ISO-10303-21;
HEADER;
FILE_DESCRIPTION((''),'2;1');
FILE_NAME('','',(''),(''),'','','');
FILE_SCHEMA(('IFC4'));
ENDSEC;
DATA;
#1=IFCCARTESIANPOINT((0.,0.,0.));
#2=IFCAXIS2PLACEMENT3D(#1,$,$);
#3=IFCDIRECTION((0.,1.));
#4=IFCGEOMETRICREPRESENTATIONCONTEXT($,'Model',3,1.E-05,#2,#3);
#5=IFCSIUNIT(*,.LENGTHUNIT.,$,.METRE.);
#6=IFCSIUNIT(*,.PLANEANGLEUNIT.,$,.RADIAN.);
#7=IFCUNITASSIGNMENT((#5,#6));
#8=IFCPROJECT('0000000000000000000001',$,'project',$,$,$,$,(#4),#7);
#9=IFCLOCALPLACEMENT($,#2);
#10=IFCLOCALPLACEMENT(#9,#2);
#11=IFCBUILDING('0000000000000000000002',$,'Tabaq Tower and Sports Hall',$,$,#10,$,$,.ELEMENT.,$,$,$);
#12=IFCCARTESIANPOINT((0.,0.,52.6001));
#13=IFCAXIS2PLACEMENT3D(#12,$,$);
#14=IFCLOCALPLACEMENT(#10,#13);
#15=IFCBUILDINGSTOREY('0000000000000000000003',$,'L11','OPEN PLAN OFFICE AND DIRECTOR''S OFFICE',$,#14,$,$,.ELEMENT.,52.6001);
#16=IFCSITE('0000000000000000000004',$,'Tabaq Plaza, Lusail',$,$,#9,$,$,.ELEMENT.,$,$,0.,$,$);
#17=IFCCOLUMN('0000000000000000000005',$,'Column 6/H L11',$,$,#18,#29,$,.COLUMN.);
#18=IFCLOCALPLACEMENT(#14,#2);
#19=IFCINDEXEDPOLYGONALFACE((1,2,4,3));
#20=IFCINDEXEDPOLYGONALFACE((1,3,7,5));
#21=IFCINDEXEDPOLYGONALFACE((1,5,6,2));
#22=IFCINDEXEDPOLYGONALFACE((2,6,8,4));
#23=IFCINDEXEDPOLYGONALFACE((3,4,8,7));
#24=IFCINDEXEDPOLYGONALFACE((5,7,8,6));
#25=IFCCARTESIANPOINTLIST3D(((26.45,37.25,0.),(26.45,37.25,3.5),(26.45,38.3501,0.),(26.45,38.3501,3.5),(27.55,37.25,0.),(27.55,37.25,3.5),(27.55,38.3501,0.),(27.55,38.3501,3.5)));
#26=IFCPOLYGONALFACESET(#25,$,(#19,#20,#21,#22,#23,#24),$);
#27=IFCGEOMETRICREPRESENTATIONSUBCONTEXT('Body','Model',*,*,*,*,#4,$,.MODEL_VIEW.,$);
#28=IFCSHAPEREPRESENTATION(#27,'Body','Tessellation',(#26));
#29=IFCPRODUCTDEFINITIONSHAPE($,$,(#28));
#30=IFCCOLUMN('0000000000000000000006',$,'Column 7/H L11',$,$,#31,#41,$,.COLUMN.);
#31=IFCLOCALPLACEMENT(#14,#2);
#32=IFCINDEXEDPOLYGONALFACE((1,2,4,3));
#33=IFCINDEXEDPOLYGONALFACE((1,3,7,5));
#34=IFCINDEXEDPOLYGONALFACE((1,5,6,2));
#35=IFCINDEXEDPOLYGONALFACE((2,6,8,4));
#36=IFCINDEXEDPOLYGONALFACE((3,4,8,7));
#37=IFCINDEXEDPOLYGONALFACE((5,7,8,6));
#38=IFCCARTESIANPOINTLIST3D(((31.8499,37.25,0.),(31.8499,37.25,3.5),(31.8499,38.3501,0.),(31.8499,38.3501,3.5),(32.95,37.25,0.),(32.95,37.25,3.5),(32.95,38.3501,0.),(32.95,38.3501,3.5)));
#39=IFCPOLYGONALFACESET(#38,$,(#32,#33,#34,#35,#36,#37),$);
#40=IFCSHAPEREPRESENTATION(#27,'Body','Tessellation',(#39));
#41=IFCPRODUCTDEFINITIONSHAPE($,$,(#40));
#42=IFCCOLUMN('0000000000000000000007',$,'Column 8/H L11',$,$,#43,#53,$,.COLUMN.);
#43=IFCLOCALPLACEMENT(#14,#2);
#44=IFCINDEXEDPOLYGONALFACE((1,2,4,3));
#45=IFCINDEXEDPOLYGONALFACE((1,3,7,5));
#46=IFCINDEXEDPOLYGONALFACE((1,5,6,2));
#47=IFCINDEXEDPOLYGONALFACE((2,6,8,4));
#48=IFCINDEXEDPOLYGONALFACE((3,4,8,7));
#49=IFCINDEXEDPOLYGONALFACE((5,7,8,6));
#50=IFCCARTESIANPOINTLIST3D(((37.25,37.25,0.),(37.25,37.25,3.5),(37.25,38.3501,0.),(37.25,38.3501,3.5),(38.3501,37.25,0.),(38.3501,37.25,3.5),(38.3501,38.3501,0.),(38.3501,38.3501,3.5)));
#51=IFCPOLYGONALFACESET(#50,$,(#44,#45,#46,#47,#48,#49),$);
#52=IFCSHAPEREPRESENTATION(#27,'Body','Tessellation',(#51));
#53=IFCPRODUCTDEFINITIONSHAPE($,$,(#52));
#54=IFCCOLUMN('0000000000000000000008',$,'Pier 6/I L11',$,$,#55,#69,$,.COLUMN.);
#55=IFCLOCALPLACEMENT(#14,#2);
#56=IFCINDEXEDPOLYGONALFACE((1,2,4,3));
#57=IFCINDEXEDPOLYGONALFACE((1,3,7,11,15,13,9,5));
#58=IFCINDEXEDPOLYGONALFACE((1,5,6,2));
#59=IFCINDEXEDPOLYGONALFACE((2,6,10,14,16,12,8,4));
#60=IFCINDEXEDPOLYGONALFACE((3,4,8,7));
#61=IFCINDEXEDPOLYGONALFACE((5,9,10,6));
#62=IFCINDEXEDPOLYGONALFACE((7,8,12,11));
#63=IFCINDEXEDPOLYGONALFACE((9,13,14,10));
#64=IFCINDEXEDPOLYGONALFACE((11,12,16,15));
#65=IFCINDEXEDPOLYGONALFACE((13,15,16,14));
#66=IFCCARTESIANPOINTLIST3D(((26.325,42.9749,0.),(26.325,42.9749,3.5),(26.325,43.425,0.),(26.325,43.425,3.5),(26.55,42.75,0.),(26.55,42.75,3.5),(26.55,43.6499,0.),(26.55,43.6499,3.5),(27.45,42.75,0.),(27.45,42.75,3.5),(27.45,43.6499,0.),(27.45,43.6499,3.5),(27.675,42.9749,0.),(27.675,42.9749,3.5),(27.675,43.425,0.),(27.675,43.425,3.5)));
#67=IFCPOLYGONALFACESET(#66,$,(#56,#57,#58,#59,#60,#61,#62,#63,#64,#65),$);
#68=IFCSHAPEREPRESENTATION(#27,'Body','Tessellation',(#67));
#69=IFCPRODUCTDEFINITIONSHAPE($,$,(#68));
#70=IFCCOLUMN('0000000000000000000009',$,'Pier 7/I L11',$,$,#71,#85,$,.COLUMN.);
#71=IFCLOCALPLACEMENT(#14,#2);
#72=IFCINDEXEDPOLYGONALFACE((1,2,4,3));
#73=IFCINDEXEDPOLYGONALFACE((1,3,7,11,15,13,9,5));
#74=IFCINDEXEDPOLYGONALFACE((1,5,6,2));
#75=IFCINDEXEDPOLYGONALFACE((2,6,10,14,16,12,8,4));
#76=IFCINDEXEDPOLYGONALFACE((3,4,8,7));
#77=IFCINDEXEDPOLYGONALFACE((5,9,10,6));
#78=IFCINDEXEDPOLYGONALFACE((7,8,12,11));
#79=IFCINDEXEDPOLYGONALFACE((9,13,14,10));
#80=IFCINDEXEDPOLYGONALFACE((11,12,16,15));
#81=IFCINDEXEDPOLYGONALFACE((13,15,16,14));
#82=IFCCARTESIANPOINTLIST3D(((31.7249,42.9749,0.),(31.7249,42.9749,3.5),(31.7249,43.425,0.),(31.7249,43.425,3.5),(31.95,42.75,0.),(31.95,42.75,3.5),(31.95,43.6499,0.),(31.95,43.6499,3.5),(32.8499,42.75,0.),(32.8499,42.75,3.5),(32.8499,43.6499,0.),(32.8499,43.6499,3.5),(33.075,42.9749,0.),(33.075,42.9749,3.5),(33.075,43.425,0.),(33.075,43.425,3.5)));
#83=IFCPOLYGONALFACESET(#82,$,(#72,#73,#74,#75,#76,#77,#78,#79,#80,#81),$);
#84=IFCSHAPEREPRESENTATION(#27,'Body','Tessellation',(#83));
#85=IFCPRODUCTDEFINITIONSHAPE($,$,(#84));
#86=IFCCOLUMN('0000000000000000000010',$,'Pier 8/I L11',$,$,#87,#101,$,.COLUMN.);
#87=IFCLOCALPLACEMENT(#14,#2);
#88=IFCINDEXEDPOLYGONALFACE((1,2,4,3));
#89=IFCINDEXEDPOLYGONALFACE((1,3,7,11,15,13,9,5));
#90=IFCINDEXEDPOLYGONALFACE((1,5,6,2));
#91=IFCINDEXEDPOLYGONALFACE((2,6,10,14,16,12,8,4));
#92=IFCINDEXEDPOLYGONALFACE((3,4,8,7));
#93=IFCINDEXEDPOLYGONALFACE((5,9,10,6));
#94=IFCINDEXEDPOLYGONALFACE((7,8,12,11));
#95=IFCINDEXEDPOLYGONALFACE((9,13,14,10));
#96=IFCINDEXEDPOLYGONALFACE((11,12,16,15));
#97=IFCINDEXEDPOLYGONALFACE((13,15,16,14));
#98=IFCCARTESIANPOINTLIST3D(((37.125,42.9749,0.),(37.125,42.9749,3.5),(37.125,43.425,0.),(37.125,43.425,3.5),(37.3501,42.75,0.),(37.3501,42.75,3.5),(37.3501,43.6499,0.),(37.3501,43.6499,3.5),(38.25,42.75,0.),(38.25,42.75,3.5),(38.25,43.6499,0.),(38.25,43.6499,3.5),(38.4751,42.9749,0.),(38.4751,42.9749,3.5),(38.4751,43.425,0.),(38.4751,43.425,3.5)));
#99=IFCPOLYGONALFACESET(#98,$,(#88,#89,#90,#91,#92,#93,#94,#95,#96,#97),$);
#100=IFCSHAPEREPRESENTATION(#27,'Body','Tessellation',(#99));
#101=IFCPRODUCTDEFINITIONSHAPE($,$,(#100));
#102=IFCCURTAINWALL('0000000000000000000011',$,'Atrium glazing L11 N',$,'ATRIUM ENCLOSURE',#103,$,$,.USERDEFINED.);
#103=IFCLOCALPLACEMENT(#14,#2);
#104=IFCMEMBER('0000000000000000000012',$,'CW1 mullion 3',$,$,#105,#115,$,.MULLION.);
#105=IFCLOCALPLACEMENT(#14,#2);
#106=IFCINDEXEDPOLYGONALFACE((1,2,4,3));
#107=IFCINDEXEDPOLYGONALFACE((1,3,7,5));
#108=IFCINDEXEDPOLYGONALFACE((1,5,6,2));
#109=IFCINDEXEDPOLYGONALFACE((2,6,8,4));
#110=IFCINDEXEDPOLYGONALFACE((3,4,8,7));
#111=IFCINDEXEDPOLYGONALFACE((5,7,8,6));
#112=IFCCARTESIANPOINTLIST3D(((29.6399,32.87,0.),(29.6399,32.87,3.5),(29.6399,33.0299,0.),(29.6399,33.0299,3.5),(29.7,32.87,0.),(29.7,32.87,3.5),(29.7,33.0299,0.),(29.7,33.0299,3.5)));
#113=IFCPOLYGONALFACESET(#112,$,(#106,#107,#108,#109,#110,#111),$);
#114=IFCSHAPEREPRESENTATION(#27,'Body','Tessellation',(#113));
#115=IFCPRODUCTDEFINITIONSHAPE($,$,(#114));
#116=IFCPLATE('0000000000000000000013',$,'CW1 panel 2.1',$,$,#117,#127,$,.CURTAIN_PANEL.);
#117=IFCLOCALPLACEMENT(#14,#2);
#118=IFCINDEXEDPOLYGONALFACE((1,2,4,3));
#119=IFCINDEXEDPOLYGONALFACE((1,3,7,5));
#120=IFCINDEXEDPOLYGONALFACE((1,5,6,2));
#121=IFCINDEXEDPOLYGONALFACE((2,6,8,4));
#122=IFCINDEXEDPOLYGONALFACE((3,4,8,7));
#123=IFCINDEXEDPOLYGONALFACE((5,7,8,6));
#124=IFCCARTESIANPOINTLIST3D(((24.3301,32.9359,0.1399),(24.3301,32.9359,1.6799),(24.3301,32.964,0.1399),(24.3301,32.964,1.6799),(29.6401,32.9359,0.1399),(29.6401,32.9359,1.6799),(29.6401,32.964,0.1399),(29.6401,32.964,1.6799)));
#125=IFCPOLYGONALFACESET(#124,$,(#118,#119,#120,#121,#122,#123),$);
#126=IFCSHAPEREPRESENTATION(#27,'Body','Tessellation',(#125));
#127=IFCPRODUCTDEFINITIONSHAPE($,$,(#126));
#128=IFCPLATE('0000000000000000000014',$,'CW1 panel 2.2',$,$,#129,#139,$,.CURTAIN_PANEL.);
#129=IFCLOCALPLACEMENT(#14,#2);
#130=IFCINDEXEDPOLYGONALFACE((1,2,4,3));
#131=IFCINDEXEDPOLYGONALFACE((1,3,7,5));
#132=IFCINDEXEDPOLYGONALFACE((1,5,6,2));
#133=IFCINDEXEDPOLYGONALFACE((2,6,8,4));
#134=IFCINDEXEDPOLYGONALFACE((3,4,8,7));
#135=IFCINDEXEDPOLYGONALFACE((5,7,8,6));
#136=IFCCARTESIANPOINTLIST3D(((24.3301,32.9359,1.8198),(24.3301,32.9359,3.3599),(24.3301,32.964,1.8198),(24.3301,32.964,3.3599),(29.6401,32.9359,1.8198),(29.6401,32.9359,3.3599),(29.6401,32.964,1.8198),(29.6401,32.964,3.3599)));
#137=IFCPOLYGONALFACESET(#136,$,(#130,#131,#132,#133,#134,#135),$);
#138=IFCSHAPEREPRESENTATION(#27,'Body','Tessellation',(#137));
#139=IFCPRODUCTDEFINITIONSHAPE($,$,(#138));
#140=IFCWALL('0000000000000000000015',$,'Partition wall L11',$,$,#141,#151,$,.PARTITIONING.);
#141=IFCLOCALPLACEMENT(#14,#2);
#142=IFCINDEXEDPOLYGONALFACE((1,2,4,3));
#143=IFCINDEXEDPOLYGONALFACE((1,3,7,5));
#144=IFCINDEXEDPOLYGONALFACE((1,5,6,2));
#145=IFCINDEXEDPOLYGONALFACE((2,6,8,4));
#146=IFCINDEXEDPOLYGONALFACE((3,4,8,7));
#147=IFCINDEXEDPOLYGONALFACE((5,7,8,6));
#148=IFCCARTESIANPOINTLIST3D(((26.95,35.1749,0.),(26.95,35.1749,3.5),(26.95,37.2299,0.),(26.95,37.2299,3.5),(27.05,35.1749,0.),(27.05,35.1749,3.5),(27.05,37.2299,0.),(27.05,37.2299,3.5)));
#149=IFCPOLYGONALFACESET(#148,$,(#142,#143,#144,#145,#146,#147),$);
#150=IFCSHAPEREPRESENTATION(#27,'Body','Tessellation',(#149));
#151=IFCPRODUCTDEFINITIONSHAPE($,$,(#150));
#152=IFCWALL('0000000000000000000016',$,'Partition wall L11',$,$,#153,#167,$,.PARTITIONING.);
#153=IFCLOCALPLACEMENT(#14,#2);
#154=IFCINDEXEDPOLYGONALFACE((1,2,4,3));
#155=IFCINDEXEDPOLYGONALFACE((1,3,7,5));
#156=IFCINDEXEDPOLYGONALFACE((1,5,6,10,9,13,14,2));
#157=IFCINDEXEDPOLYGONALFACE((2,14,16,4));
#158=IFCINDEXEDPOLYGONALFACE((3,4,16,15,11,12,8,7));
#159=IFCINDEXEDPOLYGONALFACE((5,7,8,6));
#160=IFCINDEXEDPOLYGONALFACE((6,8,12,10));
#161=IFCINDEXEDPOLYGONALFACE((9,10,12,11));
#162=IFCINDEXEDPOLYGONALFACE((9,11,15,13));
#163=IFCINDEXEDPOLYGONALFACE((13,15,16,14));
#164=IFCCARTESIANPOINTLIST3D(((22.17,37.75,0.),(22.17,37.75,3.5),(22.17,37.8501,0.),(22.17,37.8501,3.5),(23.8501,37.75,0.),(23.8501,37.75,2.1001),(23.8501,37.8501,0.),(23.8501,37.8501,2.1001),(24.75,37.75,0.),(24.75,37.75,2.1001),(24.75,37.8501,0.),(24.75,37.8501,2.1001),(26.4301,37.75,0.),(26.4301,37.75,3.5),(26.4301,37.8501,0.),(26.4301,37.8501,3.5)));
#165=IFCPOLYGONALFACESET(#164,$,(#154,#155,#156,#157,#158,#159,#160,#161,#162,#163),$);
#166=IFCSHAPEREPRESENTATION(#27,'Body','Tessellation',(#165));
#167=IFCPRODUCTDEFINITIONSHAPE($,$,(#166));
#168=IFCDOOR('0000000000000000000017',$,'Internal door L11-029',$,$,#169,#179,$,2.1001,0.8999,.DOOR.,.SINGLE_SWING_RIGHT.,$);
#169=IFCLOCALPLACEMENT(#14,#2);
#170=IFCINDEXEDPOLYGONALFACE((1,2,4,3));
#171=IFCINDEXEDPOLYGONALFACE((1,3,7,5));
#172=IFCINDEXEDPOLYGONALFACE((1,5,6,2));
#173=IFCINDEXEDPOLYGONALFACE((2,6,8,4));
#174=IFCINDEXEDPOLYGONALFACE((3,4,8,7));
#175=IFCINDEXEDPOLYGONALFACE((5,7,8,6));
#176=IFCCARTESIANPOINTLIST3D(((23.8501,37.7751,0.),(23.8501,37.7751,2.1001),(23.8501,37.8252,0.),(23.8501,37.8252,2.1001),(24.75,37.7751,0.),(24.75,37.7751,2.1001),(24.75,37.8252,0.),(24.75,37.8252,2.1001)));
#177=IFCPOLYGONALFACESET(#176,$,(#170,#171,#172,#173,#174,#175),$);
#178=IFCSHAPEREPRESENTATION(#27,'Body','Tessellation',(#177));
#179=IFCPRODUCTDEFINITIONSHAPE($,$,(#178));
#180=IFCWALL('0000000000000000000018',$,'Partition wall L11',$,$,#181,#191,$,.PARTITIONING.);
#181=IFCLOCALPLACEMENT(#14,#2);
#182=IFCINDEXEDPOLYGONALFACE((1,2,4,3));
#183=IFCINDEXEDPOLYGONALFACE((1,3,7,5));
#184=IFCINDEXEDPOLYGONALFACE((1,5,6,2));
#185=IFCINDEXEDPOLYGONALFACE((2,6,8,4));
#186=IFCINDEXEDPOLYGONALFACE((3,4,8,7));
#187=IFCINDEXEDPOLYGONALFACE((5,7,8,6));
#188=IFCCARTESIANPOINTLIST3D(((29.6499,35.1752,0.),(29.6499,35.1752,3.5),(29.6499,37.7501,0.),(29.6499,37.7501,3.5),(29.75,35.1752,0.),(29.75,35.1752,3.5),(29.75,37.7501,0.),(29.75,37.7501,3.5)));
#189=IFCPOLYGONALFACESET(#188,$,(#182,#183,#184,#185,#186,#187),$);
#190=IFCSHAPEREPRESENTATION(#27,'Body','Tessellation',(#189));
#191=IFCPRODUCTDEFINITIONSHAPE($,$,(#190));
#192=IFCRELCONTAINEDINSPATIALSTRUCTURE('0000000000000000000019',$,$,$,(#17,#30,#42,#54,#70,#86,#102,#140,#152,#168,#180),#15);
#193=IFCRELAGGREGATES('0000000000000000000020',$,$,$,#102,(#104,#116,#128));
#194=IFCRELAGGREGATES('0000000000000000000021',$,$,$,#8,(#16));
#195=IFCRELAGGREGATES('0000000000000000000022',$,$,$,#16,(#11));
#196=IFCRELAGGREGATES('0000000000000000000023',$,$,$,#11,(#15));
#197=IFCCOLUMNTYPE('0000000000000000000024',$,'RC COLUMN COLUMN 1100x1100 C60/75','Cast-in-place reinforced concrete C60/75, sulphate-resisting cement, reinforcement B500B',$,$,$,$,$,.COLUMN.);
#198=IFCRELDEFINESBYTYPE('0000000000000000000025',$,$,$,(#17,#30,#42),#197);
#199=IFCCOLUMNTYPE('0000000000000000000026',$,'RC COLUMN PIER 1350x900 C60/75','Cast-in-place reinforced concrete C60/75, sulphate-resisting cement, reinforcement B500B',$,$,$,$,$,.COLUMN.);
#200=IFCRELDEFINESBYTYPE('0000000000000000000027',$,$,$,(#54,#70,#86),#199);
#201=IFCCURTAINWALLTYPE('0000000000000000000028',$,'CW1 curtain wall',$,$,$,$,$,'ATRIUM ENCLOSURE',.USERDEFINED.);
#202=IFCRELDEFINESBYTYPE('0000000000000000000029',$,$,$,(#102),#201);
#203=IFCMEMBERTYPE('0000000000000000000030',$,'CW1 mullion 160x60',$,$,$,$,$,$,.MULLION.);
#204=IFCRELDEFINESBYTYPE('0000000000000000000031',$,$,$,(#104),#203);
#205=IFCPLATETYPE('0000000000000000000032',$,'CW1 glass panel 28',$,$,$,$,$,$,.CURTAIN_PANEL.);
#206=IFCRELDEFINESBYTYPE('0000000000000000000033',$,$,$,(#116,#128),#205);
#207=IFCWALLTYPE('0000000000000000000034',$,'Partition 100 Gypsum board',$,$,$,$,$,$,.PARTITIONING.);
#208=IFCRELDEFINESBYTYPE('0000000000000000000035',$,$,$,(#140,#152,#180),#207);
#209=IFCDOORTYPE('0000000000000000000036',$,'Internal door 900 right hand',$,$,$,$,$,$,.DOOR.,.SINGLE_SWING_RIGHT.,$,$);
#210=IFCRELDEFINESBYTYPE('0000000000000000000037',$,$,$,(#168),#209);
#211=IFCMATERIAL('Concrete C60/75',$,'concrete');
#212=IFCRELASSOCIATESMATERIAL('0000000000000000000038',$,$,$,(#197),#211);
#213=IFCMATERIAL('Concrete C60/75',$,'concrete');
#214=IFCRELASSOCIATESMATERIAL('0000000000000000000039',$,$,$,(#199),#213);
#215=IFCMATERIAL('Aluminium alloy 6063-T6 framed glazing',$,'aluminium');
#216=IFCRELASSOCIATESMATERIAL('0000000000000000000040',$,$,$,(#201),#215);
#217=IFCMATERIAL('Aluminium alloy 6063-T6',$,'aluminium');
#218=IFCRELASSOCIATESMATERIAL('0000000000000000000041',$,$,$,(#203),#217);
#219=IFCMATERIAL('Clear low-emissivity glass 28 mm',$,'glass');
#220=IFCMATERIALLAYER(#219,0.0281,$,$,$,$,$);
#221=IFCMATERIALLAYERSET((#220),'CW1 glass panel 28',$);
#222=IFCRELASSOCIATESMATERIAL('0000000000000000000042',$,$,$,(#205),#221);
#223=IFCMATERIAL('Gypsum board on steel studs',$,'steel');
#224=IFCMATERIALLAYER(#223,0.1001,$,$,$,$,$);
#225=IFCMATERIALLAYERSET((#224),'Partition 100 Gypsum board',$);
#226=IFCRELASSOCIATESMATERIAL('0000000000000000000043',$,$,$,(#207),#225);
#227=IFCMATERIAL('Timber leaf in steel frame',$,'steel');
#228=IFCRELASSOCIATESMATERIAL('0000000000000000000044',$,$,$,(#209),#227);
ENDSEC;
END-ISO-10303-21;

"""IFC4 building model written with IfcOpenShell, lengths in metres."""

from ifc_helpers import new_model, si_unit, direction, frame, frame_2d, origin, origin_2d, place, context, subcontext, project, spatial, polyline, rectangle, outline, extrude, material, layer, layer_set, material_profile, profile_set, type_object, element, fill, aggregate, save


model = new_model("IFC4")

# Units and contexts
model_context = context("Model", 3, precision=1e-05, world=origin(), true_north=direction((0.0, 1.0)))
body_context = subcontext(model_context, "Body", "Model", "MODEL_VIEW")
ifc_project = project(units=[si_unit("LENGTHUNIT", "METRE"), si_unit("PLANEANGLEUNIT", "RADIAN")], contexts=[model_context])

# Site, building, storey
site_placement = place(None, origin())
site = spatial("IfcSite", under=ifc_project, at=site_placement, Name="Tabaq Plaza, Lusail", CompositionType="ELEMENT", RefElevation=0.0)
building_placement = place(site_placement, origin())
building = spatial("IfcBuilding", under=site, at=building_placement, Name="Tabaq Tower and Sports Hall", CompositionType="ELEMENT")
storey_placement = place(building_placement, frame((0.0, 0.0, 52.6001)))
storey = spatial("IfcBuildingStorey", under=building, at=storey_placement, Name="L11", Description="OPEN PLAN OFFICE AND DIRECTOR'S OFFICE", CompositionType="ELEMENT", Elevation=52.6001)

# Columns
ifc_material_1 = material(Name="Concrete C60/75", Category="concrete")
ifc_material_profile_1 = material_profile(ifc_material_1, rectangle(XDim=1.1001, YDim=1.1001, at=origin_2d()), Name="COLUMN 1100x1100")
ifc_profile_set_1 = profile_set([ifc_material_profile_1], Name="Concrete C60/75")
column_type_1 = type_object("IfcColumnType", Name="RC COLUMN COLUMN 1100x1100 C60/75", Description="Cast-in-place reinforced concrete C60/75, sulphate-resisting cement, reinforcement B500B", PredefinedType="COLUMN", material=ifc_profile_set_1)
for number, where, z_axis, x_axis, name in (
    (1, (27.0, 37.8, 0.0), (0.0, 0.0, 1.0), (1.0, 0.0, 0.0), "Column 6/H L11"),
    (2, (32.3999, 37.8, 0.0), (0.0, 0.0, 1.0), (1.0, 0.0, 0.0), "Column 7/H L11"),
    (3, (37.8, 37.8, 0.0), (0.0, 0.0, 1.0), (1.0, 0.0, 0.0), "Column 8/H L11"),
):
    element("IfcColumn", number, at=place(storey_placement, frame(where, z_axis=z_axis, x_axis=x_axis)), inside=storey, type_object=column_type_1, Name=name, PredefinedType="COLUMN", context=body_context, shape_type="SweptSolid", body=[
        extrude(rectangle(XDim=1.1001, YDim=1.1001, at=origin_2d()), origin(), (0.0, 0.0, 1.0), 3.5),
    ])
ifc_material_2 = material(Name="Concrete C60/75", Category="concrete")
ifc_material_profile_2 = material_profile(ifc_material_2, outline(polyline([(-0.45, -0.45), (0.45, -0.45), (0.675, -0.2251), (0.675, 0.2251), (0.45, 0.45), (-0.45, 0.45), (-0.675, 0.2251), (-0.675, -0.2251), (-0.45, -0.45)])), Name="PIER 1350x900")
ifc_profile_set_2 = profile_set([ifc_material_profile_2], Name="Concrete C60/75")
column_type_2 = type_object("IfcColumnType", Name="RC COLUMN PIER 1350x900 C60/75", Description="Cast-in-place reinforced concrete C60/75, sulphate-resisting cement, reinforcement B500B", PredefinedType="COLUMN", material=ifc_profile_set_2)
for number, where, z_axis, x_axis, name in (
    (4, (27.0, 43.2, 0.0), (0.0, 0.0, 1.0), (1.0, 0.0, 0.0), "Pier 6/I L11"),
    (5, (32.3999, 43.2, 0.0), (0.0, 0.0, 1.0), (1.0, 0.0, 0.0), "Pier 7/I L11"),
    (6, (37.8, 43.2, 0.0), (0.0, 0.0, 1.0), (1.0, 0.0, 0.0), "Pier 8/I L11"),
):
    element("IfcColumn", number, at=place(storey_placement, frame(where, z_axis=z_axis, x_axis=x_axis)), inside=storey, type_object=column_type_2, Name=name, PredefinedType="COLUMN", context=body_context, shape_type="SweptSolid", body=[
        extrude(outline(polyline([(-0.45, -0.45), (0.45, -0.45), (0.675, -0.2251), (0.675, 0.2251), (0.45, 0.45), (-0.45, 0.45), (-0.675, 0.2251), (-0.675, -0.2251), (-0.45, -0.45)])), origin(), (0.0, 0.0, 1.0), 3.5),
    ])

# Curtain wall, member, plates
ifc_material_3 = material(Name="Aluminium alloy 6063-T6 framed glazing", Category="aluminium")
curtain_wall_type = type_object("IfcCurtainWallType", Name="CW1 curtain wall", ElementType="ATRIUM ENCLOSURE", PredefinedType="USERDEFINED", material=ifc_material_3)
curtain_wall_placement = place(storey_placement, origin())
curtain_wall = element("IfcCurtainWall", 7, at=curtain_wall_placement, inside=storey, type_object=curtain_wall_type, Name="Atrium glazing L11 N", ObjectType="ATRIUM ENCLOSURE", PredefinedType="USERDEFINED")
ifc_material_4 = material(Name="Aluminium alloy 6063-T6", Category="aluminium")
ifc_material_profile_3 = material_profile(ifc_material_4, rectangle(XDim=0.1599, YDim=0.0601, at=origin_2d()), Name="MULLION 160x60")
ifc_profile_set_3 = profile_set([ifc_material_profile_3], Name="Aluminium alloy 6063-T6")
member_type = type_object("IfcMemberType", Name="CW1 mullion 160x60", PredefinedType="MULLION", material=ifc_profile_set_3)
member_placement = place(storey_placement, frame((29.6699, 32.95, 0.0), z_axis=(0.0, 0.0, 1.0), x_axis=(0.0, 1.0, 0.0)))
member = element("IfcMember", 8, at=member_placement, type_object=member_type, Name="CW1 mullion 3", PredefinedType="MULLION", context=body_context, shape_type="SweptSolid", body=[
    extrude(rectangle(XDim=0.1599, YDim=0.0601, at=origin_2d()), origin(), (0.0, 0.0, 1.0), 3.5),
])
ifc_material_5 = material(Name="Clear low-emissivity glass 28 mm", Category="glass")
ifc_layer_1 = layer(ifc_material_5, 0.0281)
ifc_layer_set_1 = layer_set([ifc_layer_1], Name="CW1 glass panel 28")
plate_type = type_object("IfcPlateType", Name="CW1 glass panel 28", PredefinedType="CURTAIN_PANEL", material=ifc_layer_set_1)
plate_1_placement = place(storey_placement, frame((26.9851, 32.95, 0.1399), z_axis=(0.0, 0.0, 1.0), x_axis=(1.0, 0.0, 0.0)))
plate_1 = element("IfcPlate", 9, at=plate_1_placement, type_object=plate_type, Name="CW1 panel 2.1", PredefinedType="CURTAIN_PANEL", context=body_context, shape_type="SweptSolid", body=[
    extrude(rectangle(XDim=5.3101, YDim=0.0281, at=origin_2d()), origin(), (0.0, 0.0, 1.0), 1.54),
])
plate_2_placement = place(storey_placement, frame((26.9851, 32.95, 1.8198), z_axis=(0.0, 0.0, 1.0), x_axis=(1.0, 0.0, 0.0)))
plate_2 = element("IfcPlate", 10, at=plate_2_placement, type_object=plate_type, Name="CW1 panel 2.2", PredefinedType="CURTAIN_PANEL", context=body_context, shape_type="SweptSolid", body=[
    extrude(rectangle(XDim=5.3101, YDim=0.0281, at=origin_2d()), origin(), (0.0, 0.0, 1.0), 1.54),
])
aggregate(curtain_wall, [member, plate_1, plate_2])

# Wall
ifc_material_6 = material(Name="Gypsum board on steel studs", Category="steel")
ifc_layer_2 = layer(ifc_material_6, 0.1001)
ifc_layer_set_2 = layer_set([ifc_layer_2], Name="Partition 100 Gypsum board")
wall_type = type_object("IfcWallType", Name="Partition 100 Gypsum board", PredefinedType="PARTITIONING", material=ifc_layer_set_2)
wall_1_placement = place(storey_placement, frame((27.0, 35.175, 0.0), z_axis=(0.0, 0.0, 1.0), x_axis=(0.0, 1.0, 0.0)))
element("IfcWall", 11, at=wall_1_placement, inside=storey, type_object=wall_type, Name="Partition wall L11", PredefinedType="PARTITIONING", context=body_context, shape_type="SweptSolid", body=[
    extrude(rectangle(XDim=2.0549, YDim=0.1001, at=frame_2d((1.0273, 0.0))), origin(), (0.0, 0.0, 1.0), 3.5),
])

# Wall, opening, door
wall_2_placement = place(storey_placement, frame((26.4299, 37.8, 0.0), z_axis=(0.0, 0.0, 1.0), x_axis=(-1.0, 0.0, 0.0)))
wall_2 = element("IfcWall", 12, at=wall_2_placement, inside=storey, type_object=wall_type, Name="Partition wall L11", PredefinedType="PARTITIONING", context=body_context, shape_type="SweptSolid", body=[
    extrude(rectangle(XDim=4.26, YDim=0.1001, at=frame_2d((2.1299, 0.0))), origin(), (0.0, 0.0, 1.0), 3.5),
])
opening_1_placement = place(wall_2_placement, frame((1.6799, 0.0, 0.0)))
opening_1 = element("IfcOpeningElement", 13, at=opening_1_placement, cuts=wall_2, PredefinedType="OPENING", context=body_context, shape_type="SweptSolid", body=[
    extrude(rectangle(XDim=0.8999, YDim=2.1001, at=frame_2d((0.45, 1.05))), frame((0.0, 0.05, 0.0), z_axis=(0.0, -1.0, 0.0), x_axis=(1.0, 0.0, 0.0)), (0.0, 0.0, 1.0), 0.1001),
])
ifc_material_7 = material(Name="Timber leaf in steel frame", Category="steel")
door_type_1 = type_object("IfcDoorType", Name="Internal door 900 right hand", OperationType="SINGLE_SWING_RIGHT", PredefinedType="DOOR", material=ifc_material_7)
door_1_placement = place(opening_1_placement, origin())
door_1 = element("IfcDoor", 14, at=door_1_placement, inside=storey, type_object=door_type_1, Name="Internal door L11-029", OperationType="SINGLE_SWING_RIGHT", OverallHeight=2.1001, OverallWidth=0.8999, PredefinedType="DOOR", context=body_context, shape_type="SweptSolid", body=[
    extrude(rectangle(XDim=0.8999, YDim=2.1001, at=frame_2d((0.45, 1.05))), frame((0.0, 0.0249, 0.0), z_axis=(0.0, -1.0, 0.0), x_axis=(1.0, 0.0, 0.0)), (0.0, 0.0, 1.0), 0.05),
])
fill(opening_1, door_1)

# Wall
wall_3_placement = place(storey_placement, frame((29.7, 35.175, 0.0), z_axis=(0.0, 0.0, 1.0), x_axis=(0.0, 1.0, 0.0)))
element("IfcWall", 15, at=wall_3_placement, inside=storey, type_object=wall_type, Name="Partition wall L11", PredefinedType="PARTITIONING", context=body_context, shape_type="SweptSolid", body=[
    extrude(rectangle(XDim=2.575, YDim=0.1001, at=frame_2d((1.2876, 0.0))), origin(), (0.0, 0.0, 1.0), 3.5),
])

save(model, "model.ifc")
